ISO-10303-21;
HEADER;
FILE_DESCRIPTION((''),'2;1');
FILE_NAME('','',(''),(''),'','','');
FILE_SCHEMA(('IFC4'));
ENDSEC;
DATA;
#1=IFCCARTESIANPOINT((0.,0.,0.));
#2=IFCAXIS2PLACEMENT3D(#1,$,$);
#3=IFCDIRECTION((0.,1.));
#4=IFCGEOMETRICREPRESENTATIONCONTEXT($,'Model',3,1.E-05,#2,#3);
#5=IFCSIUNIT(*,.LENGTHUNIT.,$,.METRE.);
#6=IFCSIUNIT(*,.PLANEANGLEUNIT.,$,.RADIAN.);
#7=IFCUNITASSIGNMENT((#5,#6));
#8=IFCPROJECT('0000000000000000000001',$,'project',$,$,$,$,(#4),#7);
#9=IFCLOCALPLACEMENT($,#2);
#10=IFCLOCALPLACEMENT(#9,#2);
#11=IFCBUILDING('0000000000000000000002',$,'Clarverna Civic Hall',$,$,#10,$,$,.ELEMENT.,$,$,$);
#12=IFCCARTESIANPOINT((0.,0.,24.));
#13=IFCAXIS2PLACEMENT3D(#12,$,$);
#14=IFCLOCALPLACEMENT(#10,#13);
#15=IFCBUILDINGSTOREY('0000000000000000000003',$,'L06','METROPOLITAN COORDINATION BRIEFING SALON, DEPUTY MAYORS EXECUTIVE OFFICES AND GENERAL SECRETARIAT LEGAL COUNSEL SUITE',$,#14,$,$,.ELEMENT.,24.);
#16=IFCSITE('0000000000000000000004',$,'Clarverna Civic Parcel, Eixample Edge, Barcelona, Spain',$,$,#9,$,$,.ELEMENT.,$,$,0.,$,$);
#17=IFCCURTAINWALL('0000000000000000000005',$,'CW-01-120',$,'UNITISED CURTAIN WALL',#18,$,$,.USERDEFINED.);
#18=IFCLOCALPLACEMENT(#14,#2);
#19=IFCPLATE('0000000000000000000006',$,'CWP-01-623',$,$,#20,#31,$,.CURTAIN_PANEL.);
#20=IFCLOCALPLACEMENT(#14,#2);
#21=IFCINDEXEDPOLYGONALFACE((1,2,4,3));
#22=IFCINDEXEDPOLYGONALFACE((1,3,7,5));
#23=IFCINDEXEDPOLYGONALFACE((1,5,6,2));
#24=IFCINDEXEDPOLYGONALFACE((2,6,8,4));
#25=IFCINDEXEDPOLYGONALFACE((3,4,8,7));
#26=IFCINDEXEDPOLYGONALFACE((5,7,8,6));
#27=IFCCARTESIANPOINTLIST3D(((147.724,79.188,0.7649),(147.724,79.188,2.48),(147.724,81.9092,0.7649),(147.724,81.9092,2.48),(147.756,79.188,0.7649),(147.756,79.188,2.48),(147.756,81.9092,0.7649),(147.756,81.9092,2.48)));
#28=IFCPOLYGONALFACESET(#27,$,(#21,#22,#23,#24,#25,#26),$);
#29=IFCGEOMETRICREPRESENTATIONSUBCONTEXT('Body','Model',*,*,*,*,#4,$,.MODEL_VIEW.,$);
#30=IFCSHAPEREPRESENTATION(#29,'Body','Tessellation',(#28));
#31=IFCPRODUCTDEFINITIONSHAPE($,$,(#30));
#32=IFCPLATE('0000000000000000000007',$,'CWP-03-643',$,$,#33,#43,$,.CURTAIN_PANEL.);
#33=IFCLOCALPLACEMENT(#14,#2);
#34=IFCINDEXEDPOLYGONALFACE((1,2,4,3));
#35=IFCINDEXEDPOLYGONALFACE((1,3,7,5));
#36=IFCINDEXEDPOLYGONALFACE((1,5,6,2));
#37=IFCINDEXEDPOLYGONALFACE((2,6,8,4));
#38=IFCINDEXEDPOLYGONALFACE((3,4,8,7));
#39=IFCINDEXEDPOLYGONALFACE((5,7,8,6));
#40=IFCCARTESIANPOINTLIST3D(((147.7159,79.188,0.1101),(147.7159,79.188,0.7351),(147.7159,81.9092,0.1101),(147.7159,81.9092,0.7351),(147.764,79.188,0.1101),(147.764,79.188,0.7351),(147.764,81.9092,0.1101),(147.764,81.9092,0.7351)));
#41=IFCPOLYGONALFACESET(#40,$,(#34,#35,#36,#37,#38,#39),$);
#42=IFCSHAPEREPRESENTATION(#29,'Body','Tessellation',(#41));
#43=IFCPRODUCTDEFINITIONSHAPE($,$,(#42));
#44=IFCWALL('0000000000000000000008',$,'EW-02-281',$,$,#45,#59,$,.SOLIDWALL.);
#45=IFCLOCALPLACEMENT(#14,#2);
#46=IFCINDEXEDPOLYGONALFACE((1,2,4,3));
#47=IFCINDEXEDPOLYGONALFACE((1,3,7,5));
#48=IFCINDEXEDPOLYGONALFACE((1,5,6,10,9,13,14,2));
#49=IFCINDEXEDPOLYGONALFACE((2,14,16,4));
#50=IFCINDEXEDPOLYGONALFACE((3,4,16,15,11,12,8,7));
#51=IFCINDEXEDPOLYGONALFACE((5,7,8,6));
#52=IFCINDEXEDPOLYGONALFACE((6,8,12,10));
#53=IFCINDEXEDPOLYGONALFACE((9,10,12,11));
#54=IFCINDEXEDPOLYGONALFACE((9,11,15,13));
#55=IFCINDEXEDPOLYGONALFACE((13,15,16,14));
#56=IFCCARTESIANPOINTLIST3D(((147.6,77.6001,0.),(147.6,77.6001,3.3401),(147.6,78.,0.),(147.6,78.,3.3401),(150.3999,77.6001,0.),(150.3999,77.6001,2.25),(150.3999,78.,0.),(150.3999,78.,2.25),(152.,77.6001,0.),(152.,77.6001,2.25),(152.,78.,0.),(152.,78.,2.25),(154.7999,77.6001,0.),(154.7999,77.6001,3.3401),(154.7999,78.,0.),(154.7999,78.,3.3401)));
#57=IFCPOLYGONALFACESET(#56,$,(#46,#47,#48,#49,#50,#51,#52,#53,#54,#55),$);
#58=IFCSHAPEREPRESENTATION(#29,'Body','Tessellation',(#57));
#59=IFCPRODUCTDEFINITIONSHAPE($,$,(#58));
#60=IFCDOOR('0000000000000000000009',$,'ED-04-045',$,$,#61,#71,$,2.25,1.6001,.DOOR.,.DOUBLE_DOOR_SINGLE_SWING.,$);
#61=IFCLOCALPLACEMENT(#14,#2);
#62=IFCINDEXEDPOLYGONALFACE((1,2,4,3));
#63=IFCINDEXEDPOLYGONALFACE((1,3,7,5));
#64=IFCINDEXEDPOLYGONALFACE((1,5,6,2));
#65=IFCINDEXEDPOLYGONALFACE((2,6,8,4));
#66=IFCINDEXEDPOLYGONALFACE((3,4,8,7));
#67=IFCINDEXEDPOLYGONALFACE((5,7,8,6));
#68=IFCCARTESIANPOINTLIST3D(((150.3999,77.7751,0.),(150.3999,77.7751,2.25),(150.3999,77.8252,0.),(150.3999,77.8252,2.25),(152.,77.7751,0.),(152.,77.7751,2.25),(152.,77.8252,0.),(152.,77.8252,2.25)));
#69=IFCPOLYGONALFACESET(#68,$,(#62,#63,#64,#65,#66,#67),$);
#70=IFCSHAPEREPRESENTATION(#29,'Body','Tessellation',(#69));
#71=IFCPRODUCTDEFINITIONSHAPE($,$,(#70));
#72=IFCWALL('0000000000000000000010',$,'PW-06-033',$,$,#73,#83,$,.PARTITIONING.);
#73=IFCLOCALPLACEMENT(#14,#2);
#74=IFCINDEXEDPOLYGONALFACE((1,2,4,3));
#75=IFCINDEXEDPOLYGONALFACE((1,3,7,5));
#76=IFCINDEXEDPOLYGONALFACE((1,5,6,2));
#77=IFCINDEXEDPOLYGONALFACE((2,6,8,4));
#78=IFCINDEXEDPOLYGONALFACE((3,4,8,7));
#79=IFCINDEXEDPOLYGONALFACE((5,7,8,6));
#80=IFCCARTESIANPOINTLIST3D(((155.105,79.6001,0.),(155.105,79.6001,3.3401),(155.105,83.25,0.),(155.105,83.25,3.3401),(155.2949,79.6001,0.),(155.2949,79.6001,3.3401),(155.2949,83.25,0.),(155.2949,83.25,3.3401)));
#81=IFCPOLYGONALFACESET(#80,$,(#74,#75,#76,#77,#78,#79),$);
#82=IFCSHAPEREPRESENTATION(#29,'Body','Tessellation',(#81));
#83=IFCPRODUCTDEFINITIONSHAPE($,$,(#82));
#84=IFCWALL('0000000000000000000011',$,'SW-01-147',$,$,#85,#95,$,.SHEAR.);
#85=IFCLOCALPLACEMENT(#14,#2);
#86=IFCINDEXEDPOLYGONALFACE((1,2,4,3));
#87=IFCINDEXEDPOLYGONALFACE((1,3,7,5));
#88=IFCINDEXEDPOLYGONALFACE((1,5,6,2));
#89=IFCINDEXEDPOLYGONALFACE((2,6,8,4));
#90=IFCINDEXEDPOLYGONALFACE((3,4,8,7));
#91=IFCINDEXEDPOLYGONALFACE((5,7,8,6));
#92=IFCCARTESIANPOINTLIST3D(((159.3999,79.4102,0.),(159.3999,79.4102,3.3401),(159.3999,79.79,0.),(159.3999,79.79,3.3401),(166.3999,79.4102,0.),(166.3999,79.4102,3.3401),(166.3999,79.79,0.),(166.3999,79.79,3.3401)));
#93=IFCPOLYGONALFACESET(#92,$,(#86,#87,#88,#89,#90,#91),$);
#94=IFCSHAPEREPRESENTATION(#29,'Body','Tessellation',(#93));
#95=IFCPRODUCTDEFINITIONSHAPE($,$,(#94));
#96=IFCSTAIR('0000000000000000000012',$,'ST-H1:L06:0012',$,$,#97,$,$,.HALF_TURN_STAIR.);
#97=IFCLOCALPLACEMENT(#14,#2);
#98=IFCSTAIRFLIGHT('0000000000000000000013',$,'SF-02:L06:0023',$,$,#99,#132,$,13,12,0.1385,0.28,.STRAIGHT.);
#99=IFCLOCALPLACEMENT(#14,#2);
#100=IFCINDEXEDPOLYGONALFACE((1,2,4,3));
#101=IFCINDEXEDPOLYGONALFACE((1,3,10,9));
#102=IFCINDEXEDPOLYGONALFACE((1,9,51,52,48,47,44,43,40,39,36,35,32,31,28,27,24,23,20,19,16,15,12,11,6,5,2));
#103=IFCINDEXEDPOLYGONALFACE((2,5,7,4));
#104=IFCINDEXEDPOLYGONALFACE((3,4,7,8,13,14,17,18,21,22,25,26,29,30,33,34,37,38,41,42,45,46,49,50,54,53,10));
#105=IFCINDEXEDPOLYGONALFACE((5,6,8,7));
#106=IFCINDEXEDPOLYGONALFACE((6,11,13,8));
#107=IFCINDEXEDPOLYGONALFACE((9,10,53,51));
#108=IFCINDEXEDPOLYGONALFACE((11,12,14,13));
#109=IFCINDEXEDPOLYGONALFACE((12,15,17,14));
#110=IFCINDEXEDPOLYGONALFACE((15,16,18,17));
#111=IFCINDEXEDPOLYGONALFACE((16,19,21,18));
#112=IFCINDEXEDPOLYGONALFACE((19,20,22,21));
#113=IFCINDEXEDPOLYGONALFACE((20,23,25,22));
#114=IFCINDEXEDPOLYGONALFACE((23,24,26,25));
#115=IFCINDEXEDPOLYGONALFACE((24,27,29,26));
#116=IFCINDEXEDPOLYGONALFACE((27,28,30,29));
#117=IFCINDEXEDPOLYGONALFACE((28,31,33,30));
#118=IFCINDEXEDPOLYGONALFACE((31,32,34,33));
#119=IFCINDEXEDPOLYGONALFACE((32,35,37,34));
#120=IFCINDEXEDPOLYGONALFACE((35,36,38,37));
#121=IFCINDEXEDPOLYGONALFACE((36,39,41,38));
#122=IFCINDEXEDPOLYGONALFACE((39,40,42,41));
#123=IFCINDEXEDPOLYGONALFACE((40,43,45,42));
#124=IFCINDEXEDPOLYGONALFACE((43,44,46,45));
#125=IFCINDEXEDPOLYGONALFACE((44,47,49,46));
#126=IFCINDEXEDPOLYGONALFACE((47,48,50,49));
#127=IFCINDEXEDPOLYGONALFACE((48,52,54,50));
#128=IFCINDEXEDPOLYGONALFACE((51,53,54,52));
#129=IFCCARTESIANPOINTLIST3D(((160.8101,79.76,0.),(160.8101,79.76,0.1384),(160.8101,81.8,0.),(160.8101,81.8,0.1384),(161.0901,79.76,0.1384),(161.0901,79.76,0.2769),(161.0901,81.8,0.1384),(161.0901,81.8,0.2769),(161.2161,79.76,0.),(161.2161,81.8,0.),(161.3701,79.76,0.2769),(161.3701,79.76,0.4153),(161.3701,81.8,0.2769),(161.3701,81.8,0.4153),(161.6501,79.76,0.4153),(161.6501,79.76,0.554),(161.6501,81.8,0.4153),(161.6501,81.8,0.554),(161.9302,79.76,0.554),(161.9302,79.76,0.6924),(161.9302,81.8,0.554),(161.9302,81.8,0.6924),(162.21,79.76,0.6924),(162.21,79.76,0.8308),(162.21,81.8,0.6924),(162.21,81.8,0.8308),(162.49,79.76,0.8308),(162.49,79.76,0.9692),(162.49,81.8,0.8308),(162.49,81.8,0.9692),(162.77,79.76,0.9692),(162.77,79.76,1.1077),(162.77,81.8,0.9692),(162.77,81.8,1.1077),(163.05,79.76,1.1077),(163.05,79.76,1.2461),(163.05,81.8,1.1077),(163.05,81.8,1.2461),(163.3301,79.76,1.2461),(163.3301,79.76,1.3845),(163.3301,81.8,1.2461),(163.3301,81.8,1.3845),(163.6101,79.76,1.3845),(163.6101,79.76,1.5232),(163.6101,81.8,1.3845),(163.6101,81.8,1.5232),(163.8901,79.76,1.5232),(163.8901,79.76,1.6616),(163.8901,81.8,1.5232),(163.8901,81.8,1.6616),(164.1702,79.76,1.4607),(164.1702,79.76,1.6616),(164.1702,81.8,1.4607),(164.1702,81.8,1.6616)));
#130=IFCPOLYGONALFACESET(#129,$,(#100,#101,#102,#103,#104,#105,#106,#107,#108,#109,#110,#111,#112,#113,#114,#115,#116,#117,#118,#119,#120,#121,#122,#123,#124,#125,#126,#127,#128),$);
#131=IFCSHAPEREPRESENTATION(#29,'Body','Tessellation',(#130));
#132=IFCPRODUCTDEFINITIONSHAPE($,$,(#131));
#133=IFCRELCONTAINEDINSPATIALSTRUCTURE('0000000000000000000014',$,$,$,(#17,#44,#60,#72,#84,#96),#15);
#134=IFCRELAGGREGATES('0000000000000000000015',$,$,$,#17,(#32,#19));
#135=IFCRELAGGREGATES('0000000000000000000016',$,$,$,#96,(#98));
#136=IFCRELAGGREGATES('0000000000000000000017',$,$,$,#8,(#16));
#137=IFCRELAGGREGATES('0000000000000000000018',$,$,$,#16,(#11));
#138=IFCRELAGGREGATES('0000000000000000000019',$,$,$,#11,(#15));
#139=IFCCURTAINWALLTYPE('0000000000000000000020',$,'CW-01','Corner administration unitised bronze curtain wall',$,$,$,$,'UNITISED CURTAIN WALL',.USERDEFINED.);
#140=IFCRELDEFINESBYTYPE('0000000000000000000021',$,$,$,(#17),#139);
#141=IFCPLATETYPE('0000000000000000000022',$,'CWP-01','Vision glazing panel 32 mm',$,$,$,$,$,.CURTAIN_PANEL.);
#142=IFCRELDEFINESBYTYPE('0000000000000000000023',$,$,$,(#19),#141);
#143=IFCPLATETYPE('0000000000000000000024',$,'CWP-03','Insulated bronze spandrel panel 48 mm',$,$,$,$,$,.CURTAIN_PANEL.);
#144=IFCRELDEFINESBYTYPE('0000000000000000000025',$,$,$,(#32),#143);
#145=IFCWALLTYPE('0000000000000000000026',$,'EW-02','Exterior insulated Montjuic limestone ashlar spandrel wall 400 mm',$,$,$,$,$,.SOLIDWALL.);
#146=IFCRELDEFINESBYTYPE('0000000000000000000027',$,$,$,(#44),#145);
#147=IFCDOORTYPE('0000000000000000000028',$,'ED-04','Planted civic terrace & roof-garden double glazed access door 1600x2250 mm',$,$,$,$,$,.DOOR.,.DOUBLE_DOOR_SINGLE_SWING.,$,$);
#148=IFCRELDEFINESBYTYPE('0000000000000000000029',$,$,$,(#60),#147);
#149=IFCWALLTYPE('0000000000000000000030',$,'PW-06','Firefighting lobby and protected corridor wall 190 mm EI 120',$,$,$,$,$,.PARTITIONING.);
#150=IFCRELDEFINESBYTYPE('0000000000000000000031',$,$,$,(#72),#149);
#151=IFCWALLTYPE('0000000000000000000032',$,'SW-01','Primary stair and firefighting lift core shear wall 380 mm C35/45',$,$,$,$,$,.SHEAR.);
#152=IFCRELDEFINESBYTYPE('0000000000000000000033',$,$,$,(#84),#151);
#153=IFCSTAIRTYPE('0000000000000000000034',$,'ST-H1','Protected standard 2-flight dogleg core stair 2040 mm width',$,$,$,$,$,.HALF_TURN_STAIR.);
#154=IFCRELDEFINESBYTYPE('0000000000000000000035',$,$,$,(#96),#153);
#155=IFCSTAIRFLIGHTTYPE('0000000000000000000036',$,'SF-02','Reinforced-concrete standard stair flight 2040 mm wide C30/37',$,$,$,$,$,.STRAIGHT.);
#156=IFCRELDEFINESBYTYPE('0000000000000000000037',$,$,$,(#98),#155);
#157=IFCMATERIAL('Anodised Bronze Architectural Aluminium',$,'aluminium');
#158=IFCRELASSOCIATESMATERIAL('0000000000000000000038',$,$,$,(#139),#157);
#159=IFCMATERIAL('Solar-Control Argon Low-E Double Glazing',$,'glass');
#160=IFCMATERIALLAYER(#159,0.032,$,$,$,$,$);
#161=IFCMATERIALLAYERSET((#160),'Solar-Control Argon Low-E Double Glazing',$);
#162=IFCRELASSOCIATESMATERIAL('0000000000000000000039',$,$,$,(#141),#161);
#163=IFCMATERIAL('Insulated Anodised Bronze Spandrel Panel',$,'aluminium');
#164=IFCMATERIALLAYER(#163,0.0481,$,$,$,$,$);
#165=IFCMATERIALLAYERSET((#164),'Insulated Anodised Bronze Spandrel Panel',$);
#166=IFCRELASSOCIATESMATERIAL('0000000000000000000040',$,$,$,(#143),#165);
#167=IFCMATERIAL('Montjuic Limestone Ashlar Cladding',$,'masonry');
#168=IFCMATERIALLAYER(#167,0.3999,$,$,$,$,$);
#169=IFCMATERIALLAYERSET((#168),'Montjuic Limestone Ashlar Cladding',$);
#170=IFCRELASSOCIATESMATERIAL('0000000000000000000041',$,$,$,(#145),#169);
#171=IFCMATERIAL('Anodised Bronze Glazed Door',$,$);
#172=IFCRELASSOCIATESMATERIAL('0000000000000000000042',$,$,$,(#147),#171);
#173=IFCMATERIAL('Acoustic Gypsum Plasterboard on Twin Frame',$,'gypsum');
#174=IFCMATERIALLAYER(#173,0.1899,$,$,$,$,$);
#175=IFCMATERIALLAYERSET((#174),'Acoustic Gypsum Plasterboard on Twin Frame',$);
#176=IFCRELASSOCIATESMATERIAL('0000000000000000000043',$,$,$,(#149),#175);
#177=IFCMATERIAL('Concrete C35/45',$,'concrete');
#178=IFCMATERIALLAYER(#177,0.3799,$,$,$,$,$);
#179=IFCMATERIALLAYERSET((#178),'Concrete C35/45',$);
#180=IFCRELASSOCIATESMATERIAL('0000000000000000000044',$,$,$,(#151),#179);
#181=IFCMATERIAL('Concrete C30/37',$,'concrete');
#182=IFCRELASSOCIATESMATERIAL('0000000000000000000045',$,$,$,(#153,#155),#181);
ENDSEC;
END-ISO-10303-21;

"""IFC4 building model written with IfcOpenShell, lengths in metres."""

from ifc_helpers import new_model, si_unit, direction, frame, frame_2d, origin, place, context, subcontext, project, spatial, polyline, rectangle, outline, extrude, material, layer, layer_set, type_object, element, fill, aggregate, save


model = new_model("IFC4")

# Units and contexts
model_context = context("Model", 3, precision=1e-05, world=origin(), true_north=direction((0.0, 1.0)))
body_context = subcontext(model_context, "Body", "Model", "MODEL_VIEW")
ifc_project = project(units=[si_unit("LENGTHUNIT", "METRE"), si_unit("PLANEANGLEUNIT", "RADIAN")], contexts=[model_context])

# Site, building, storey
site_placement = place(None, origin())
site = spatial("IfcSite", under=ifc_project, at=site_placement, Name="Clarverna Civic Parcel, Eixample Edge, Barcelona, Spain", CompositionType="ELEMENT", RefElevation=0.0)
building_placement = place(site_placement, origin())
building = spatial("IfcBuilding", under=site, at=building_placement, Name="Clarverna Civic Hall", CompositionType="ELEMENT")
storey_placement = place(building_placement, frame((0.0, 0.0, 24.0)))
storey = spatial("IfcBuildingStorey", under=building, at=storey_placement, Name="L06", Description="METROPOLITAN COORDINATION BRIEFING SALON, DEPUTY MAYORS EXECUTIVE OFFICES AND GENERAL SECRETARIAT LEGAL COUNSEL SUITE", CompositionType="ELEMENT", Elevation=24.0)

# Shared definitions
ifc_material_1 = material(Name="Concrete C35/45", Category="concrete")

# Curtain wall
ifc_material_2 = material(Name="Anodised Bronze Architectural Aluminium", Category="aluminium")
curtain_wall_type = type_object("IfcCurtainWallType", Name="CW-01", Description="Corner administration unitised bronze curtain wall", ElementType="UNITISED CURTAIN WALL", PredefinedType="USERDEFINED", material=ifc_material_2)
curtain_wall_placement = place(storey_placement, origin())
curtain_wall = element("IfcCurtainWall", 1, at=curtain_wall_placement, inside=storey, type_object=curtain_wall_type, Name="CW-01-120", ObjectType="UNITISED CURTAIN WALL", PredefinedType="USERDEFINED")

# Plates
ifc_material_3 = material(Name="Solar-Control Argon Low-E Double Glazing", Category="glass")
ifc_layer_1 = layer(ifc_material_3, 0.032)
ifc_layer_set_1 = layer_set([ifc_layer_1], Name="Solar-Control Argon Low-E Double Glazing")
plate_type_1 = type_object("IfcPlateType", Name="CWP-01", Description="Vision glazing panel 32 mm", PredefinedType="CURTAIN_PANEL", material=ifc_layer_set_1)
plate_1_placement = place(storey_placement, frame((147.74, 79.188, 0.7649), z_axis=(0.0, 0.0, 1.0), x_axis=(0.0, 1.0, 0.0)))
plate_1 = element("IfcPlate", 2, at=plate_1_placement, type_object=plate_type_1, Name="CWP-01-623", PredefinedType="CURTAIN_PANEL", context=body_context, shape_type="SweptSolid", body=[
    extrude(rectangle(XDim=2.7212, YDim=0.032, at=frame_2d((1.3606, 0.0))), origin(), (0.0, 0.0, 1.0), 1.7151),
])
ifc_material_4 = material(Name="Insulated Anodised Bronze Spandrel Panel", Category="aluminium")
ifc_layer_2 = layer(ifc_material_4, 0.0481)
ifc_layer_set_2 = layer_set([ifc_layer_2], Name="Insulated Anodised Bronze Spandrel Panel")
plate_type_2 = type_object("IfcPlateType", Name="CWP-03", Description="Insulated bronze spandrel panel 48 mm", PredefinedType="CURTAIN_PANEL", material=ifc_layer_set_2)
plate_2_placement = place(storey_placement, frame((147.74, 79.188, 0.1101), z_axis=(0.0, 0.0, 1.0), x_axis=(0.0, 1.0, 0.0)))
plate_2 = element("IfcPlate", 3, at=plate_2_placement, type_object=plate_type_2, Name="CWP-03-643", PredefinedType="CURTAIN_PANEL", context=body_context, shape_type="SweptSolid", body=[
    extrude(rectangle(XDim=2.7212, YDim=0.0481, at=frame_2d((1.3606, 0.0))), origin(), (0.0, 0.0, 1.0), 0.625),
])
aggregate(curtain_wall, [plate_2, plate_1])

# Wall, opening, door
ifc_material_5 = material(Name="Montjuic Limestone Ashlar Cladding", Category="masonry")
ifc_layer_3 = layer(ifc_material_5, 0.3999)
ifc_layer_set_3 = layer_set([ifc_layer_3], Name="Montjuic Limestone Ashlar Cladding")
wall_type_1 = type_object("IfcWallType", Name="EW-02", Description="Exterior insulated Montjuic limestone ashlar spandrel wall 400 mm", PredefinedType="SOLIDWALL", material=ifc_layer_set_3)
wall_1_placement = place(storey_placement, frame((154.8, 77.8, 0.0), z_axis=(0.0, 0.0, 1.0), x_axis=(-1.0, 0.0, 0.0)))
wall_1 = element("IfcWall", 4, at=wall_1_placement, inside=storey, type_object=wall_type_1, Name="EW-02-281", PredefinedType="SOLIDWALL", context=body_context, shape_type="SweptSolid", body=[
    extrude(rectangle(XDim=7.2, YDim=0.3999, at=frame_2d((3.6001, 0.0))), origin(), (0.0, 0.0, 1.0), 3.3401),
])
opening_1_placement = place(wall_1_placement, frame((2.8, 0.0, 0.0)))
opening_1 = element("IfcOpeningElement", 5, at=opening_1_placement, cuts=wall_1, PredefinedType="OPENING", context=body_context, shape_type="SweptSolid", body=[
    extrude(rectangle(XDim=1.6001, YDim=2.25, at=frame_2d((0.8, 1.125))), frame((0.0, 0.21, 0.0), z_axis=(0.0, -1.0, 0.0), x_axis=(1.0, 0.0, 0.0)), (0.0, 0.0, 1.0), 0.4199),
])
ifc_material_6 = material(Name="Anodised Bronze Glazed Door")
door_type_1 = type_object("IfcDoorType", Name="ED-04", Description="Planted civic terrace & roof-garden double glazed access door 1600x2250 mm", OperationType="DOUBLE_DOOR_SINGLE_SWING", PredefinedType="DOOR", material=ifc_material_6)
door_1_placement = place(opening_1_placement, origin())
door_1 = element("IfcDoor", 6, at=door_1_placement, inside=storey, type_object=door_type_1, Name="ED-04-045", OperationType="DOUBLE_DOOR_SINGLE_SWING", OverallHeight=2.25, OverallWidth=1.6001, PredefinedType="DOOR", context=body_context, shape_type="SweptSolid", body=[
    extrude(rectangle(XDim=1.6001, YDim=2.25, at=frame_2d((0.8, 1.125))), frame((0.0, 0.0249, 0.0), z_axis=(0.0, -1.0, 0.0), x_axis=(1.0, 0.0, 0.0)), (0.0, 0.0, 1.0), 0.05),
])
fill(opening_1, door_1)

# Wall
ifc_material_7 = material(Name="Acoustic Gypsum Plasterboard on Twin Frame", Category="gypsum")
ifc_layer_4 = layer(ifc_material_7, 0.1899)
ifc_layer_set_4 = layer_set([ifc_layer_4], Name="Acoustic Gypsum Plasterboard on Twin Frame")
wall_type_2 = type_object("IfcWallType", Name="PW-06", Description="Firefighting lobby and protected corridor wall 190 mm EI 120", PredefinedType="PARTITIONING", material=ifc_layer_set_4)
wall_2_placement = place(storey_placement, frame((155.2, 79.6001, 0.0), z_axis=(0.0, 0.0, 1.0), x_axis=(0.0, 1.0, 0.0)))
element("IfcWall", 7, at=wall_2_placement, inside=storey, type_object=wall_type_2, Name="PW-06-033", PredefinedType="PARTITIONING", context=body_context, shape_type="SweptSolid", body=[
    extrude(rectangle(XDim=3.6499, YDim=0.1899, at=frame_2d((1.825, 0.0))), origin(), (0.0, 0.0, 1.0), 3.3401),
])

# Shared definitions
ifc_layer_5 = layer(ifc_material_1, 0.3799)
ifc_layer_set_5 = layer_set([ifc_layer_5], Name="Concrete C35/45")
wall_type_3 = type_object("IfcWallType", Name="SW-01", Description="Primary stair and firefighting lift core shear wall 380 mm C35/45", PredefinedType="SHEAR", material=ifc_layer_set_5)

# Wall
wall_3_placement = place(storey_placement, frame((159.3999, 79.6001, 0.0), z_axis=(0.0, 0.0, 1.0), x_axis=(1.0, 0.0, 0.0)))
element("IfcWall", 8, at=wall_3_placement, inside=storey, type_object=wall_type_3, Name="SW-01-147", PredefinedType="SHEAR", context=body_context, shape_type="SweptSolid", body=[
    extrude(rectangle(XDim=7.0, YDim=0.3799, at=frame_2d((3.5, 0.0))), origin(), (0.0, 0.0, 1.0), 3.3401),
])

# Stair, stair flight
ifc_material_8 = material(Name="Concrete C30/37", Category="concrete")
stair_type = type_object("IfcStairType", Name="ST-H1", Description="Protected standard 2-flight dogleg core stair 2040 mm width", PredefinedType="HALF_TURN_STAIR", material=ifc_material_8)
stair_placement = place(storey_placement, origin())
stair = element("IfcStair", 9, at=stair_placement, inside=storey, type_object=stair_type, Name="ST-H1:L06:0012", PredefinedType="HALF_TURN_STAIR")
stair_flight_type = type_object("IfcStairFlightType", Name="SF-02", Description="Reinforced-concrete standard stair flight 2040 mm wide C30/37", PredefinedType="STRAIGHT", material=ifc_material_8)
stair_flight_placement = place(storey_placement, frame((160.8101, 80.78, 0.0), z_axis=(0.0, 0.0, 1.0), x_axis=(1.0, 0.0, 0.0)))
stair_flight = element("IfcStairFlight", 10, at=stair_flight_placement, type_object=stair_flight_type, Name="SF-02:L06:0023", NumberOfRisers=13, NumberOfTreads=12, PredefinedType="STRAIGHT", RiserHeight=0.1385, TreadLength=0.28, context=body_context, shape_type="SweptSolid", body=[
    extrude(outline(polyline([(0.0, 0.0), (0.0, 0.1384), (0.28, 0.1384), (0.28, 0.2769), (0.5601, 0.2769), (0.5601, 0.4153), (0.8401, 0.4153), (0.8401, 0.554), (1.1201, 0.554), (1.1201, 0.6924), (1.3999, 0.6924), (1.3999, 0.8308), (1.6799, 0.8308), (1.6799, 0.9692), (1.96, 0.9692), (1.96, 1.1077), (2.24, 1.1077), (2.24, 1.2461), (2.52, 1.2461), (2.52, 1.3845), (2.8, 1.3845), (2.8, 1.5232), (3.0801, 1.5232), (3.0801, 1.6616), (3.3601, 1.6616), (3.3601, 1.8), (3.3601, 1.4607), (0.406, 0.0), (0.0, 0.0)])), frame((0.0, 1.02, 0.0), z_axis=(0.0, -1.0, 0.0), x_axis=(1.0, 0.0, 0.0)), (0.0, 0.0, 1.0), 2.04),
])
aggregate(stair, [stair_flight])

save(model, "model.ifc")
